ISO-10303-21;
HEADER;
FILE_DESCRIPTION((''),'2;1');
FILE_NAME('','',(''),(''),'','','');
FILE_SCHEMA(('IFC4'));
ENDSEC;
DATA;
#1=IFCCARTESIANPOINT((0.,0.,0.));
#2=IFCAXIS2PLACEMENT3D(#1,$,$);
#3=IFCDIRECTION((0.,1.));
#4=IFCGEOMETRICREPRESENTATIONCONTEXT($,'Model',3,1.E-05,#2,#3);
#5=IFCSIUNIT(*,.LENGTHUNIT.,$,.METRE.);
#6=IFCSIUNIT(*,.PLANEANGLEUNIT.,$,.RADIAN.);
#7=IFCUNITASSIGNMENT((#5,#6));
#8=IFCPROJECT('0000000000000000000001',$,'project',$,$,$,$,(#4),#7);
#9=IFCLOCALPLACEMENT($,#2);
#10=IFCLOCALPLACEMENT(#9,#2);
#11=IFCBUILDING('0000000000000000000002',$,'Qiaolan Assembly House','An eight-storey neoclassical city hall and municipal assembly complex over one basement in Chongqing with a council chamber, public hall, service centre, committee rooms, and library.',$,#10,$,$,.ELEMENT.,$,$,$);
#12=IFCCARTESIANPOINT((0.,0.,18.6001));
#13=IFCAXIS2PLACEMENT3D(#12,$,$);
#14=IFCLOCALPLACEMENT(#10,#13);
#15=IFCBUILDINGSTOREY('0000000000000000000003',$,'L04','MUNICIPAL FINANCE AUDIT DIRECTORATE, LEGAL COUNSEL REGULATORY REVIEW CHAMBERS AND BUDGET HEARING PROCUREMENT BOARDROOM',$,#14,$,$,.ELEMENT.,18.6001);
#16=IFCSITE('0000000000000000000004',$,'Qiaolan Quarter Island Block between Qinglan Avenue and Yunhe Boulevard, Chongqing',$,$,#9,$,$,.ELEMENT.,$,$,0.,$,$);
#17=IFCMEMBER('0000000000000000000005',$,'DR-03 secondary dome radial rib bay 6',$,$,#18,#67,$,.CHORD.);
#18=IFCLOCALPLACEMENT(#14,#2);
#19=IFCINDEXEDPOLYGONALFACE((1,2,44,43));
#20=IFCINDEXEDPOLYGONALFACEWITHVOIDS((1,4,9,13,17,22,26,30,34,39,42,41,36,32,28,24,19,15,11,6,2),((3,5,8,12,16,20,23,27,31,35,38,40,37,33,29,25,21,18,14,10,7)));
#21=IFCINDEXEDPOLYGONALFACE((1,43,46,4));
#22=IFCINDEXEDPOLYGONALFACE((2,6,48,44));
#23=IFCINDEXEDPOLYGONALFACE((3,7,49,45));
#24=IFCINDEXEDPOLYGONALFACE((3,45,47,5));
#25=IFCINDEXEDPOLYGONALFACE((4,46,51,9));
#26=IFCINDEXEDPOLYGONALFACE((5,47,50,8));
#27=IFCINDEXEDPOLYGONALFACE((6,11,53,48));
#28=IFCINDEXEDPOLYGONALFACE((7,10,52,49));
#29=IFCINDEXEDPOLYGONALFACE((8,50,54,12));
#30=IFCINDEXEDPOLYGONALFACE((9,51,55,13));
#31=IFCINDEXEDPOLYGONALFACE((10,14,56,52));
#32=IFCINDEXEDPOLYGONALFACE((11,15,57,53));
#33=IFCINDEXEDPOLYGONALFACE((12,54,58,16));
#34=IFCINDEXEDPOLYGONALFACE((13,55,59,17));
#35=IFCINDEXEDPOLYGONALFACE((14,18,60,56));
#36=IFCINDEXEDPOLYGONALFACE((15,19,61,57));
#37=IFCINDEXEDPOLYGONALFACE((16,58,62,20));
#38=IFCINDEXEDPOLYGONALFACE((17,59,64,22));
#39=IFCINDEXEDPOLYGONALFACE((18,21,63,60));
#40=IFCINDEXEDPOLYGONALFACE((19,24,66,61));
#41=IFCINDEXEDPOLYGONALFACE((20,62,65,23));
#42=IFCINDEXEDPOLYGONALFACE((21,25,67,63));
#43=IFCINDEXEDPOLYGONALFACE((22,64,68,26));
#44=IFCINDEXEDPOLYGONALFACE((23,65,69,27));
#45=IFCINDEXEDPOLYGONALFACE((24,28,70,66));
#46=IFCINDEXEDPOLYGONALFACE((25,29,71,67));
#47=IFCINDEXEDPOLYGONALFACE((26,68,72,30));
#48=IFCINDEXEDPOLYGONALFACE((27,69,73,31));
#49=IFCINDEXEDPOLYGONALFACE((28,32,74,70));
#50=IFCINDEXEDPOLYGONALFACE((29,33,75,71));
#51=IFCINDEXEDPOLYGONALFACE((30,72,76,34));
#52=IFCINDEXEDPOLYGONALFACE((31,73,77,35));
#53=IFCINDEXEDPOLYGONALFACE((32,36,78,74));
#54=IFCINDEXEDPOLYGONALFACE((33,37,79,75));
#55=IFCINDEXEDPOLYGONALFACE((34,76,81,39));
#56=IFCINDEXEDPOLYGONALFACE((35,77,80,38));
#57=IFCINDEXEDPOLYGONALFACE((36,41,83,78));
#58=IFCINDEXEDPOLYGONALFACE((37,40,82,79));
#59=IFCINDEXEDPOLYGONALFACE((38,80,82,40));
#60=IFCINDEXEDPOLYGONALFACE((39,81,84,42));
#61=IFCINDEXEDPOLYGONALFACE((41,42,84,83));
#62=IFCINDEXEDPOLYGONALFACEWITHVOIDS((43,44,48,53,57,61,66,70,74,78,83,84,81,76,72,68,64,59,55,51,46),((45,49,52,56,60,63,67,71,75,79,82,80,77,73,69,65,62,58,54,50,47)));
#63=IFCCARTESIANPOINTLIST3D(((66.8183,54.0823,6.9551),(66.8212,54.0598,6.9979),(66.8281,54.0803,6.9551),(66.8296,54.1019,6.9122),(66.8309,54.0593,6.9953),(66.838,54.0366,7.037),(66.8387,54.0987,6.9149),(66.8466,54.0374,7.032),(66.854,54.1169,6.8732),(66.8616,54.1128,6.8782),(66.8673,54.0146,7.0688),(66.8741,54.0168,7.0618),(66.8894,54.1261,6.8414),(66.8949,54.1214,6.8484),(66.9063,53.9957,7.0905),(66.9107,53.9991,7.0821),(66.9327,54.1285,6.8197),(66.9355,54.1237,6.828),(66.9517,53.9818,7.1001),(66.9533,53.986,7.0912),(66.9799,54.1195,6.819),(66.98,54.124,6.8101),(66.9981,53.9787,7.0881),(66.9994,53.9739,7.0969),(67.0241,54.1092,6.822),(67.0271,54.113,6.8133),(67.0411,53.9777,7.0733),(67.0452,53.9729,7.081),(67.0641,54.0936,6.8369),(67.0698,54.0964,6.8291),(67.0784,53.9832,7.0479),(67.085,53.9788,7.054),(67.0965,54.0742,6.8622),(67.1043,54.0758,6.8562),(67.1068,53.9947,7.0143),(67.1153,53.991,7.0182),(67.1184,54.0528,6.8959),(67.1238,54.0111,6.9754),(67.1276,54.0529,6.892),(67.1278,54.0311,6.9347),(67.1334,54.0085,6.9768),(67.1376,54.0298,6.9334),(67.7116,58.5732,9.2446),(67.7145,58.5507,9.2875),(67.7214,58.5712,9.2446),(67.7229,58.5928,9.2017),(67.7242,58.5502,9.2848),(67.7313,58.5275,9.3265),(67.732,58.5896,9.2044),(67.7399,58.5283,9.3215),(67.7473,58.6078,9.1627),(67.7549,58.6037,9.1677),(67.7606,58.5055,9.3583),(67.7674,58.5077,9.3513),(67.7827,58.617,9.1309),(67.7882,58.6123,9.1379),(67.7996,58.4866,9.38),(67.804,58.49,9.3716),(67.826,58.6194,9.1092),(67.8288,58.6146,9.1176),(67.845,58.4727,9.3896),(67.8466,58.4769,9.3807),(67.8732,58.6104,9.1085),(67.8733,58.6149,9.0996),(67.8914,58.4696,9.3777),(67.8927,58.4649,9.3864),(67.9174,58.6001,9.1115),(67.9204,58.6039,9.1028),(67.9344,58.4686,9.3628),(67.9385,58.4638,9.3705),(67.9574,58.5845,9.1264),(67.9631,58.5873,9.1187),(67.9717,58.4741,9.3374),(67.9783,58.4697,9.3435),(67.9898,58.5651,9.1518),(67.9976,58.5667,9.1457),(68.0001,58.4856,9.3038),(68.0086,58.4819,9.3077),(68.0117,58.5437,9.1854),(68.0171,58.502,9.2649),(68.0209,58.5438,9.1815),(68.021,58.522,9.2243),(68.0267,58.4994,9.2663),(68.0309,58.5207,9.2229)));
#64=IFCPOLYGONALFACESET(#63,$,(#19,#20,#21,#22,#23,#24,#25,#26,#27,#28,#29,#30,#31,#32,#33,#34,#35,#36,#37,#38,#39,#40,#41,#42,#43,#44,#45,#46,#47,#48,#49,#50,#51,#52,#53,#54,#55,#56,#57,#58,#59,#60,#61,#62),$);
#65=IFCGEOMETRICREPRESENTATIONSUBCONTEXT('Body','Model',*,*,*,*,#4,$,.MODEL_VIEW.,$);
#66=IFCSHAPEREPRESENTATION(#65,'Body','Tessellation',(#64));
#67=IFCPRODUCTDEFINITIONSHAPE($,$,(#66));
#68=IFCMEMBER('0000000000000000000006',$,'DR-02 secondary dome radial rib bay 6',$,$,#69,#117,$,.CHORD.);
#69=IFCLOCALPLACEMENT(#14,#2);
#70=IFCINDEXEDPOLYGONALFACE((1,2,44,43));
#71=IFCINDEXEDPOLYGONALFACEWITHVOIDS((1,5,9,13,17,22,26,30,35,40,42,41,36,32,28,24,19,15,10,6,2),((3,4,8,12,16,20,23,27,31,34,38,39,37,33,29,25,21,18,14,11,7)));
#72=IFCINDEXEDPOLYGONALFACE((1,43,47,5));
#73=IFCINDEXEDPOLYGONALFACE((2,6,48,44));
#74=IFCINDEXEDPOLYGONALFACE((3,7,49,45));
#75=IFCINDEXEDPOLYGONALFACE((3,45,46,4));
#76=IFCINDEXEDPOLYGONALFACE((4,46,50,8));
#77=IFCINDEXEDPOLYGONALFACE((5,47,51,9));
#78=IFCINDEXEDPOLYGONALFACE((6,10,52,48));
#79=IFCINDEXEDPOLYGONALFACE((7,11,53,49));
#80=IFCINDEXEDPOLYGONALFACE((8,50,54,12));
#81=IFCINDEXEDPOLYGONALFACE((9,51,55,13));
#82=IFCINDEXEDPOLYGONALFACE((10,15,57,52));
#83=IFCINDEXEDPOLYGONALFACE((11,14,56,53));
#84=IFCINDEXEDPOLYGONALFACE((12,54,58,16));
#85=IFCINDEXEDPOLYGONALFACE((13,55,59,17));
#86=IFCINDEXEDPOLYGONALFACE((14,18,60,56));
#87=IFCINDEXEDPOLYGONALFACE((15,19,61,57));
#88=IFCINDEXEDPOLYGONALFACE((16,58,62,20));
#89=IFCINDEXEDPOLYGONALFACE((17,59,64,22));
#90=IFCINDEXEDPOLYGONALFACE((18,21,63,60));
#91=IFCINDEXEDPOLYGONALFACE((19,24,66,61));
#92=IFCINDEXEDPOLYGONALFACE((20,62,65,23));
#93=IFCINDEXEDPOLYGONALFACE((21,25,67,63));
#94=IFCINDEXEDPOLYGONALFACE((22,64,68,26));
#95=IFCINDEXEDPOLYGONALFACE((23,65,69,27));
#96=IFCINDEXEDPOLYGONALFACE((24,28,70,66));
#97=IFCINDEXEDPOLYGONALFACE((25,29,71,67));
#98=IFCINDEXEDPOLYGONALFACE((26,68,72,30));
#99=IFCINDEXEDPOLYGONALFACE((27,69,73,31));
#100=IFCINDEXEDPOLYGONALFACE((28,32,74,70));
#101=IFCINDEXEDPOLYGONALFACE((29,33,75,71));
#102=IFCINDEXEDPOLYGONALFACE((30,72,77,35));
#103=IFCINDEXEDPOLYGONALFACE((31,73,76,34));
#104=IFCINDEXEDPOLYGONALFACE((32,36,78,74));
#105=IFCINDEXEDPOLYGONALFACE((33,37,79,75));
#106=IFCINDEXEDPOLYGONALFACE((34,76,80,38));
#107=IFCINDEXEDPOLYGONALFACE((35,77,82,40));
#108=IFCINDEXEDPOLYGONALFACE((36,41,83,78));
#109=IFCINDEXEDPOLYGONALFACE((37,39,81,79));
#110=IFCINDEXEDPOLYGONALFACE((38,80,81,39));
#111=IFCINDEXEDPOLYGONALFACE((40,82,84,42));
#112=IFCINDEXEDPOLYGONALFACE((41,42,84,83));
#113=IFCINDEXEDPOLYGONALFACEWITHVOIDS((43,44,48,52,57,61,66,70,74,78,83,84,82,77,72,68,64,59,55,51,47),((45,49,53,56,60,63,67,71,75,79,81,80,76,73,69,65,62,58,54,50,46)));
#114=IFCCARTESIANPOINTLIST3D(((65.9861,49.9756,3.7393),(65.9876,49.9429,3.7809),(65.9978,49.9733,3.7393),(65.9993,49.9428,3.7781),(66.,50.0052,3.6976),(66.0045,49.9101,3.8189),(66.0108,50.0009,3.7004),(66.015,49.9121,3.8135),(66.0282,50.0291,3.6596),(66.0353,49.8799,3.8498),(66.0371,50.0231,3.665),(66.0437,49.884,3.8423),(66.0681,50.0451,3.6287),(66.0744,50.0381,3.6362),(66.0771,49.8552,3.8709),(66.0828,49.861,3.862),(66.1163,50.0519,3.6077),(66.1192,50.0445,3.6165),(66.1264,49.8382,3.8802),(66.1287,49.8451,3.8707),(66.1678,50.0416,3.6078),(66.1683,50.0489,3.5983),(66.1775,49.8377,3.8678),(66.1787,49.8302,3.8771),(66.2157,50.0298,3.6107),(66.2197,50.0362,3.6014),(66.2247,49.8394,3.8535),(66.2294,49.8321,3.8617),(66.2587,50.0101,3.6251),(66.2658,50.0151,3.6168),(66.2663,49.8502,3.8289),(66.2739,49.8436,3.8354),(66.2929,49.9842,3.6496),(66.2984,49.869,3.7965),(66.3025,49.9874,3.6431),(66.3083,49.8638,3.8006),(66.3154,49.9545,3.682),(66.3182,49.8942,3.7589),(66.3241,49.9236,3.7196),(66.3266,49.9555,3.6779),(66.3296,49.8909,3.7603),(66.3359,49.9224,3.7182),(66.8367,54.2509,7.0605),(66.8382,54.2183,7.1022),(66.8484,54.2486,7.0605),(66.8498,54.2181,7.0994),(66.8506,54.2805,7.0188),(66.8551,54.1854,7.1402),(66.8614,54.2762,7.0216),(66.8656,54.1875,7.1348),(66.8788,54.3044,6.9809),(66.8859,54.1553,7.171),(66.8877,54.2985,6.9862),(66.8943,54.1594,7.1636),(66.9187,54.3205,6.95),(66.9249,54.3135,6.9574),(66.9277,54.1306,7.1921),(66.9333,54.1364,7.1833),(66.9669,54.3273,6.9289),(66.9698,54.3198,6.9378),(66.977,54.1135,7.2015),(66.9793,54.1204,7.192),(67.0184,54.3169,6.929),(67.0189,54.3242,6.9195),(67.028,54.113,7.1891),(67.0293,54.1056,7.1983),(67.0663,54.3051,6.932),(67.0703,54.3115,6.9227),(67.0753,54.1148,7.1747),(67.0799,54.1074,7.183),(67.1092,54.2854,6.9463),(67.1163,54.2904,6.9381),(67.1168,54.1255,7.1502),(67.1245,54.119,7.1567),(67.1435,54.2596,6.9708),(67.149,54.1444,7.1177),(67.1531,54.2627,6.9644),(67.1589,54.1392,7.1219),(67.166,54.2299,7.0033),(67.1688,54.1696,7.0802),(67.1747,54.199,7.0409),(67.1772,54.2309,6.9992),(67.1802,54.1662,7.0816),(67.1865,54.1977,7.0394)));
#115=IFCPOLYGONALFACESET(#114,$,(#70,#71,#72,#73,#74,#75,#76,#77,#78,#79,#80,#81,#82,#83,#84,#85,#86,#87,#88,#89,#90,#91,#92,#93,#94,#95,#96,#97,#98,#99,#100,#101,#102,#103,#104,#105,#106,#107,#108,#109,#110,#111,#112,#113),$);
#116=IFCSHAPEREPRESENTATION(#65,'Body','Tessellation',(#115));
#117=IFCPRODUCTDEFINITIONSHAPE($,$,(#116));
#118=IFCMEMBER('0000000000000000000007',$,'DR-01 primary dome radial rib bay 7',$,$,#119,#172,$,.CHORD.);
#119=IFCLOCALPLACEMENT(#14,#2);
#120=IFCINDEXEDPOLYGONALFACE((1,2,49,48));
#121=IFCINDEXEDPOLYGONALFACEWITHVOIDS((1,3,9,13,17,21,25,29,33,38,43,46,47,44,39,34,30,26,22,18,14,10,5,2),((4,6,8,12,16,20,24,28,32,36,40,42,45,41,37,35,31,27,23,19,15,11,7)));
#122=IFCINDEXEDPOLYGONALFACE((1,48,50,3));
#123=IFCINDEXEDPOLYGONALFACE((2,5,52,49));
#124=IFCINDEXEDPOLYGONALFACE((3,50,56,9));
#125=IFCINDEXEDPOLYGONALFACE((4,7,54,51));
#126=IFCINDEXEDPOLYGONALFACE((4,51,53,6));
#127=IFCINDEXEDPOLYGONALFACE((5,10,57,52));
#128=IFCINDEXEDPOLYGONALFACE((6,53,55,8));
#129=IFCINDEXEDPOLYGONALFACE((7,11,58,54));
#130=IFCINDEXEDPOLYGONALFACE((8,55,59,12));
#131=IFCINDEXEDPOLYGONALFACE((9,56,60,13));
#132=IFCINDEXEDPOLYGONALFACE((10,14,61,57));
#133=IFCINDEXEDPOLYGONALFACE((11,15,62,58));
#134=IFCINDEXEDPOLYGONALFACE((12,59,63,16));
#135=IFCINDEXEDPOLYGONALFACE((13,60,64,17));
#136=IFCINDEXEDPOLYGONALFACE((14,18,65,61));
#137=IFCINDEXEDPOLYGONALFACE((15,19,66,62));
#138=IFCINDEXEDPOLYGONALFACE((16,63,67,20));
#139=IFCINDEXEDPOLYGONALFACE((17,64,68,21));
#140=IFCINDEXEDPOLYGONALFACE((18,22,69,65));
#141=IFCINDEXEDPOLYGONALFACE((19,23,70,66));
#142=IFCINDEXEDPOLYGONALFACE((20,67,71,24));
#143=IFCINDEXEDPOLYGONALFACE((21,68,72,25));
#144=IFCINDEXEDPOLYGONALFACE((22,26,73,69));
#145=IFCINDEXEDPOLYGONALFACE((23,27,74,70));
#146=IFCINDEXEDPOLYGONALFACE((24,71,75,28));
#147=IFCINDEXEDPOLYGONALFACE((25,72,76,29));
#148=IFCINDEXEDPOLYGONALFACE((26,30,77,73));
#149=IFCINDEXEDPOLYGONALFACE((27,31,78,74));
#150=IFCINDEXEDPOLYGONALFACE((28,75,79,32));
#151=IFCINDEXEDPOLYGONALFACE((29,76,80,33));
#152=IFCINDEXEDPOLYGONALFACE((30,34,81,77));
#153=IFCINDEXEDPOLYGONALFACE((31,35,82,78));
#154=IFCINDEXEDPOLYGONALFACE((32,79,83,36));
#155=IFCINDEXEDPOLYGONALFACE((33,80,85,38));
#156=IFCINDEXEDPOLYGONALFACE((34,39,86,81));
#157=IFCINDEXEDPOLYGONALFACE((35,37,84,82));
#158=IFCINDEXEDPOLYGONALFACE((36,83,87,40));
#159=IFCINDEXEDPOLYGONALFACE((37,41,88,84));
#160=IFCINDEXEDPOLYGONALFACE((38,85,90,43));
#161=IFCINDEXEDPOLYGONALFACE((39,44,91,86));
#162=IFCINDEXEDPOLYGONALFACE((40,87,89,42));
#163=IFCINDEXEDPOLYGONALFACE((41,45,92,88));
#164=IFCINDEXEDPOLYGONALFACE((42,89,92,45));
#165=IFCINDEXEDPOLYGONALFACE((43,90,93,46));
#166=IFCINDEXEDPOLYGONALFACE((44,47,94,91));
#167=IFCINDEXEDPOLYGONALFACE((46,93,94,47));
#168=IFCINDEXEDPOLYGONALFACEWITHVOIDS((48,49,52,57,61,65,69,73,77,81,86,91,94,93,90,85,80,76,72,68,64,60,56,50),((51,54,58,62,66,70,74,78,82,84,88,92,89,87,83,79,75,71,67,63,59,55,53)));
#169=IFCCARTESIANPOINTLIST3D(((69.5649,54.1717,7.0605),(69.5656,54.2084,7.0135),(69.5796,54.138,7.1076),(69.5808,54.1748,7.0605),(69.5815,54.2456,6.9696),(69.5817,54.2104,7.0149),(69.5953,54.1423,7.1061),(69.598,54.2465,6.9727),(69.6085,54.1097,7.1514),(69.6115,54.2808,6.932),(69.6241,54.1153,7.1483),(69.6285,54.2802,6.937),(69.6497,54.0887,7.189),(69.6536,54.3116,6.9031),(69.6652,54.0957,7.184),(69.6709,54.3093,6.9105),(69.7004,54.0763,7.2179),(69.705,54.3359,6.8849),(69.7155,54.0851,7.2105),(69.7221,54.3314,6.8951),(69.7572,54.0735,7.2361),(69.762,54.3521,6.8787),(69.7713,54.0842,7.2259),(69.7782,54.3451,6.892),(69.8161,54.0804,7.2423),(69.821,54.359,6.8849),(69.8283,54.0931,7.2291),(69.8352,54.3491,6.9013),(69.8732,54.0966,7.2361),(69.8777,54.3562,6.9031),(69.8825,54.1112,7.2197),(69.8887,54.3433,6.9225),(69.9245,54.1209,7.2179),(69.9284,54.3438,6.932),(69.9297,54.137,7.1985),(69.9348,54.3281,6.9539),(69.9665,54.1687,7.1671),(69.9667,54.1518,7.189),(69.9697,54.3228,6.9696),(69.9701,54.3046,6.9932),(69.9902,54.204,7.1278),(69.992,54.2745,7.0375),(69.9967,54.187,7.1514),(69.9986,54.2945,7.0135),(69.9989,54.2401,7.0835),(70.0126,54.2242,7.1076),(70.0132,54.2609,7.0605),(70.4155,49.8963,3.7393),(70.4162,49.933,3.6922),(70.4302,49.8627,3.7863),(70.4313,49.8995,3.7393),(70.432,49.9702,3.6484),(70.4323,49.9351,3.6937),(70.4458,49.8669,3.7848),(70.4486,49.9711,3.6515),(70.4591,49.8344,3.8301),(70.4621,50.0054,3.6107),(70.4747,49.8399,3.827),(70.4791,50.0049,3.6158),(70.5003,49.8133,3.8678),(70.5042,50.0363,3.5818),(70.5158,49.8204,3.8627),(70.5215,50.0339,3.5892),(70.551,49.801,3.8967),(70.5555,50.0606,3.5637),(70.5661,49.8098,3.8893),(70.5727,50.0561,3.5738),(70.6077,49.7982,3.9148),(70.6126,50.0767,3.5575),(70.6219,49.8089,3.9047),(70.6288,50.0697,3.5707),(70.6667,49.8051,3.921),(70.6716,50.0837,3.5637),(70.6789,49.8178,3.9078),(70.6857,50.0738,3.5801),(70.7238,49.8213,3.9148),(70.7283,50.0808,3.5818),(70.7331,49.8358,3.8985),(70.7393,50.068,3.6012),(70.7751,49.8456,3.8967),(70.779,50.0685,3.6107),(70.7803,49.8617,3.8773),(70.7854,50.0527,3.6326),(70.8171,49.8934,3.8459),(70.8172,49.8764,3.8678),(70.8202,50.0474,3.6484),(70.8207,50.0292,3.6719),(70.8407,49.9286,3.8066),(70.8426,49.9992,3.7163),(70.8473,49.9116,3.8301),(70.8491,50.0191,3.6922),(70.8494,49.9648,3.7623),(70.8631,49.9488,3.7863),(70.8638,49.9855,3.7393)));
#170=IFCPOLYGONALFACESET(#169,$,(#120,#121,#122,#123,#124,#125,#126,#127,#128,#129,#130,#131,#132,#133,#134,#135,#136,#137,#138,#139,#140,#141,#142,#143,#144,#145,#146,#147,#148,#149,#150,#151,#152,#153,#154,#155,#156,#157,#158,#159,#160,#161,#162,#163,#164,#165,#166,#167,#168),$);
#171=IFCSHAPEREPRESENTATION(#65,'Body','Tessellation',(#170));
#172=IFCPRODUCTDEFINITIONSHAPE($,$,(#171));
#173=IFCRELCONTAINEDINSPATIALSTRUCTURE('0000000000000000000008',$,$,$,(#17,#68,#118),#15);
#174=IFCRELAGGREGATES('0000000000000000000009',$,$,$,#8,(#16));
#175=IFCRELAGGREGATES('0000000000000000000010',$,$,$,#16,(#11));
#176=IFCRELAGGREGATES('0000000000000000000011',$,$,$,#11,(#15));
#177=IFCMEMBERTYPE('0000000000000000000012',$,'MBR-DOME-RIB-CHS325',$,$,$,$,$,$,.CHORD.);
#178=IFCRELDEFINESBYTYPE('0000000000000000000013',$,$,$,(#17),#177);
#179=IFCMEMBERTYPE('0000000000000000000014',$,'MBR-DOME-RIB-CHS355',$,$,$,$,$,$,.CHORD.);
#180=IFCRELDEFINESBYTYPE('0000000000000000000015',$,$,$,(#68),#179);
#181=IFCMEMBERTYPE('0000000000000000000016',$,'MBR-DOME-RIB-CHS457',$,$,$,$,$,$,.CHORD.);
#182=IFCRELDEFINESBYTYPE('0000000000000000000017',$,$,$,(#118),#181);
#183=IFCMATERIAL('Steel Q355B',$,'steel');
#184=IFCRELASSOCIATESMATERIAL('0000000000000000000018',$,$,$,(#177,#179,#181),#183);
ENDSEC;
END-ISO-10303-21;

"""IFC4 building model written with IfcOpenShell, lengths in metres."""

from ifc_helpers import new_model, si_unit, direction, frame, origin, origin_2d, place, context, subcontext, project, spatial, hollow_circle, extrude, material, material_profile, profile_set, type_object, element, save


model = new_model("IFC4")

# Units and contexts
model_context = context("Model", 3, precision=1e-05, world=origin(), true_north=direction((0.0, 1.0)))
body_context = subcontext(model_context, "Body", "Model", "MODEL_VIEW")
ifc_project = project(units=[si_unit("LENGTHUNIT", "METRE"), si_unit("PLANEANGLEUNIT", "RADIAN")], contexts=[model_context])

# Site, building, storey
site_placement = place(None, origin())
site = spatial("IfcSite", under=ifc_project, at=site_placement, Name="Qiaolan Quarter Island Block between Qinglan Avenue and Yunhe Boulevard, Chongqing", CompositionType="ELEMENT", RefElevation=0.0)
building_placement = place(site_placement, origin())
building = spatial("IfcBuilding", under=site, at=building_placement, Name="Qiaolan Assembly House", Description="An eight-storey neoclassical city hall and municipal assembly complex over one basement in Chongqing with a council chamber, public hall, service centre, committee rooms, and library.", CompositionType="ELEMENT")
storey_placement = place(building_placement, frame((0.0, 0.0, 18.6001)))
storey = spatial("IfcBuildingStorey", under=building, at=storey_placement, Name="L04", Description="MUNICIPAL FINANCE AUDIT DIRECTORATE, LEGAL COUNSEL REGULATORY REVIEW CHAMBERS AND BUDGET HEARING PROCUREMENT BOARDROOM", CompositionType="ELEMENT", Elevation=18.6001)

# Shared definitions
ifc_material_1 = material(Name="Steel Q355B", Category="steel")

# Members
ifc_material_profile_1 = material_profile(ifc_material_1, hollow_circle(Radius=0.1626, WallThickness=0.01, at=origin_2d()), Name="CHS 325x10")
ifc_profile_set_1 = profile_set([ifc_material_profile_1], Name="Steel Q355B")
member_type_1 = type_object("IfcMemberType", Name="MBR-DOME-RIB-CHS325", PredefinedType="CHORD", material=ifc_profile_set_1)
member_1_placement = place(storey_placement, frame((66.9778, 54.0505, 6.9551), z_axis=(0.174493, 0.877235, 0.447225), x_axis=(-0.980785, 0.195091, 0.0)))
element("IfcMember", 1, at=member_1_placement, inside=storey, type_object=member_type_1, Name="DR-03 secondary dome radial rib bay 6", PredefinedType="CHORD", context=body_context, shape_type="SweptSolid", body=[
    extrude(hollow_circle(Radius=0.1626, WallThickness=0.01, at=origin_2d()), origin(), (0.0, 0.0, 1.0), 5.1194),
])
ifc_material_profile_2 = material_profile(ifc_material_1, hollow_circle(Radius=0.1777, WallThickness=0.012, at=origin_2d()), Name="CHS 355.6x12")
ifc_profile_set_2 = profile_set([ifc_material_profile_2], Name="Steel Q355B")
member_type_2 = type_object("IfcMemberType", Name="MBR-DOME-RIB-CHS355", PredefinedType="CHORD", material=ifc_profile_set_2)
member_2_placement = place(storey_placement, frame((66.1604, 49.9409, 3.7393), z_axis=(0.155209, 0.780142, 0.606044), x_axis=(-0.980778, 0.195125, 0.0)))
element("IfcMember", 2, at=member_2_placement, inside=storey, type_object=member_type_2, Name="DR-02 secondary dome radial rib bay 6", PredefinedType="CHORD", context=body_context, shape_type="SweptSolid", body=[
    extrude(hollow_circle(Radius=0.1777, WallThickness=0.012, at=origin_2d()), origin(), (0.0, 0.0, 1.0), 5.4802),
])
ifc_material_profile_3 = material_profile(ifc_material_1, hollow_circle(Radius=0.2285, WallThickness=0.0161, at=origin_2d()), Name="CHS 457x16")
ifc_profile_set_3 = profile_set([ifc_material_profile_3], Name="Steel Q355B")
member_type_3 = type_object("IfcMemberType", Name="MBR-DOME-RIB-CHS457", PredefinedType="CHORD", material=ifc_profile_set_3)
member_3_placement = place(storey_placement, frame((70.6396, 49.9409, 3.7393), z_axis=(-0.155209, 0.780142, 0.606044), x_axis=(-0.980778, -0.195125, 0.0)))
element("IfcMember", 3, at=member_3_placement, inside=storey, type_object=member_type_3, Name="DR-01 primary dome radial rib bay 7", PredefinedType="CHORD", context=body_context, shape_type="SweptSolid", body=[
    extrude(hollow_circle(Radius=0.2285, WallThickness=0.0161, at=origin_2d()), origin(), (0.0, 0.0, 1.0), 5.4802),
])

save(model, "model.ifc")
